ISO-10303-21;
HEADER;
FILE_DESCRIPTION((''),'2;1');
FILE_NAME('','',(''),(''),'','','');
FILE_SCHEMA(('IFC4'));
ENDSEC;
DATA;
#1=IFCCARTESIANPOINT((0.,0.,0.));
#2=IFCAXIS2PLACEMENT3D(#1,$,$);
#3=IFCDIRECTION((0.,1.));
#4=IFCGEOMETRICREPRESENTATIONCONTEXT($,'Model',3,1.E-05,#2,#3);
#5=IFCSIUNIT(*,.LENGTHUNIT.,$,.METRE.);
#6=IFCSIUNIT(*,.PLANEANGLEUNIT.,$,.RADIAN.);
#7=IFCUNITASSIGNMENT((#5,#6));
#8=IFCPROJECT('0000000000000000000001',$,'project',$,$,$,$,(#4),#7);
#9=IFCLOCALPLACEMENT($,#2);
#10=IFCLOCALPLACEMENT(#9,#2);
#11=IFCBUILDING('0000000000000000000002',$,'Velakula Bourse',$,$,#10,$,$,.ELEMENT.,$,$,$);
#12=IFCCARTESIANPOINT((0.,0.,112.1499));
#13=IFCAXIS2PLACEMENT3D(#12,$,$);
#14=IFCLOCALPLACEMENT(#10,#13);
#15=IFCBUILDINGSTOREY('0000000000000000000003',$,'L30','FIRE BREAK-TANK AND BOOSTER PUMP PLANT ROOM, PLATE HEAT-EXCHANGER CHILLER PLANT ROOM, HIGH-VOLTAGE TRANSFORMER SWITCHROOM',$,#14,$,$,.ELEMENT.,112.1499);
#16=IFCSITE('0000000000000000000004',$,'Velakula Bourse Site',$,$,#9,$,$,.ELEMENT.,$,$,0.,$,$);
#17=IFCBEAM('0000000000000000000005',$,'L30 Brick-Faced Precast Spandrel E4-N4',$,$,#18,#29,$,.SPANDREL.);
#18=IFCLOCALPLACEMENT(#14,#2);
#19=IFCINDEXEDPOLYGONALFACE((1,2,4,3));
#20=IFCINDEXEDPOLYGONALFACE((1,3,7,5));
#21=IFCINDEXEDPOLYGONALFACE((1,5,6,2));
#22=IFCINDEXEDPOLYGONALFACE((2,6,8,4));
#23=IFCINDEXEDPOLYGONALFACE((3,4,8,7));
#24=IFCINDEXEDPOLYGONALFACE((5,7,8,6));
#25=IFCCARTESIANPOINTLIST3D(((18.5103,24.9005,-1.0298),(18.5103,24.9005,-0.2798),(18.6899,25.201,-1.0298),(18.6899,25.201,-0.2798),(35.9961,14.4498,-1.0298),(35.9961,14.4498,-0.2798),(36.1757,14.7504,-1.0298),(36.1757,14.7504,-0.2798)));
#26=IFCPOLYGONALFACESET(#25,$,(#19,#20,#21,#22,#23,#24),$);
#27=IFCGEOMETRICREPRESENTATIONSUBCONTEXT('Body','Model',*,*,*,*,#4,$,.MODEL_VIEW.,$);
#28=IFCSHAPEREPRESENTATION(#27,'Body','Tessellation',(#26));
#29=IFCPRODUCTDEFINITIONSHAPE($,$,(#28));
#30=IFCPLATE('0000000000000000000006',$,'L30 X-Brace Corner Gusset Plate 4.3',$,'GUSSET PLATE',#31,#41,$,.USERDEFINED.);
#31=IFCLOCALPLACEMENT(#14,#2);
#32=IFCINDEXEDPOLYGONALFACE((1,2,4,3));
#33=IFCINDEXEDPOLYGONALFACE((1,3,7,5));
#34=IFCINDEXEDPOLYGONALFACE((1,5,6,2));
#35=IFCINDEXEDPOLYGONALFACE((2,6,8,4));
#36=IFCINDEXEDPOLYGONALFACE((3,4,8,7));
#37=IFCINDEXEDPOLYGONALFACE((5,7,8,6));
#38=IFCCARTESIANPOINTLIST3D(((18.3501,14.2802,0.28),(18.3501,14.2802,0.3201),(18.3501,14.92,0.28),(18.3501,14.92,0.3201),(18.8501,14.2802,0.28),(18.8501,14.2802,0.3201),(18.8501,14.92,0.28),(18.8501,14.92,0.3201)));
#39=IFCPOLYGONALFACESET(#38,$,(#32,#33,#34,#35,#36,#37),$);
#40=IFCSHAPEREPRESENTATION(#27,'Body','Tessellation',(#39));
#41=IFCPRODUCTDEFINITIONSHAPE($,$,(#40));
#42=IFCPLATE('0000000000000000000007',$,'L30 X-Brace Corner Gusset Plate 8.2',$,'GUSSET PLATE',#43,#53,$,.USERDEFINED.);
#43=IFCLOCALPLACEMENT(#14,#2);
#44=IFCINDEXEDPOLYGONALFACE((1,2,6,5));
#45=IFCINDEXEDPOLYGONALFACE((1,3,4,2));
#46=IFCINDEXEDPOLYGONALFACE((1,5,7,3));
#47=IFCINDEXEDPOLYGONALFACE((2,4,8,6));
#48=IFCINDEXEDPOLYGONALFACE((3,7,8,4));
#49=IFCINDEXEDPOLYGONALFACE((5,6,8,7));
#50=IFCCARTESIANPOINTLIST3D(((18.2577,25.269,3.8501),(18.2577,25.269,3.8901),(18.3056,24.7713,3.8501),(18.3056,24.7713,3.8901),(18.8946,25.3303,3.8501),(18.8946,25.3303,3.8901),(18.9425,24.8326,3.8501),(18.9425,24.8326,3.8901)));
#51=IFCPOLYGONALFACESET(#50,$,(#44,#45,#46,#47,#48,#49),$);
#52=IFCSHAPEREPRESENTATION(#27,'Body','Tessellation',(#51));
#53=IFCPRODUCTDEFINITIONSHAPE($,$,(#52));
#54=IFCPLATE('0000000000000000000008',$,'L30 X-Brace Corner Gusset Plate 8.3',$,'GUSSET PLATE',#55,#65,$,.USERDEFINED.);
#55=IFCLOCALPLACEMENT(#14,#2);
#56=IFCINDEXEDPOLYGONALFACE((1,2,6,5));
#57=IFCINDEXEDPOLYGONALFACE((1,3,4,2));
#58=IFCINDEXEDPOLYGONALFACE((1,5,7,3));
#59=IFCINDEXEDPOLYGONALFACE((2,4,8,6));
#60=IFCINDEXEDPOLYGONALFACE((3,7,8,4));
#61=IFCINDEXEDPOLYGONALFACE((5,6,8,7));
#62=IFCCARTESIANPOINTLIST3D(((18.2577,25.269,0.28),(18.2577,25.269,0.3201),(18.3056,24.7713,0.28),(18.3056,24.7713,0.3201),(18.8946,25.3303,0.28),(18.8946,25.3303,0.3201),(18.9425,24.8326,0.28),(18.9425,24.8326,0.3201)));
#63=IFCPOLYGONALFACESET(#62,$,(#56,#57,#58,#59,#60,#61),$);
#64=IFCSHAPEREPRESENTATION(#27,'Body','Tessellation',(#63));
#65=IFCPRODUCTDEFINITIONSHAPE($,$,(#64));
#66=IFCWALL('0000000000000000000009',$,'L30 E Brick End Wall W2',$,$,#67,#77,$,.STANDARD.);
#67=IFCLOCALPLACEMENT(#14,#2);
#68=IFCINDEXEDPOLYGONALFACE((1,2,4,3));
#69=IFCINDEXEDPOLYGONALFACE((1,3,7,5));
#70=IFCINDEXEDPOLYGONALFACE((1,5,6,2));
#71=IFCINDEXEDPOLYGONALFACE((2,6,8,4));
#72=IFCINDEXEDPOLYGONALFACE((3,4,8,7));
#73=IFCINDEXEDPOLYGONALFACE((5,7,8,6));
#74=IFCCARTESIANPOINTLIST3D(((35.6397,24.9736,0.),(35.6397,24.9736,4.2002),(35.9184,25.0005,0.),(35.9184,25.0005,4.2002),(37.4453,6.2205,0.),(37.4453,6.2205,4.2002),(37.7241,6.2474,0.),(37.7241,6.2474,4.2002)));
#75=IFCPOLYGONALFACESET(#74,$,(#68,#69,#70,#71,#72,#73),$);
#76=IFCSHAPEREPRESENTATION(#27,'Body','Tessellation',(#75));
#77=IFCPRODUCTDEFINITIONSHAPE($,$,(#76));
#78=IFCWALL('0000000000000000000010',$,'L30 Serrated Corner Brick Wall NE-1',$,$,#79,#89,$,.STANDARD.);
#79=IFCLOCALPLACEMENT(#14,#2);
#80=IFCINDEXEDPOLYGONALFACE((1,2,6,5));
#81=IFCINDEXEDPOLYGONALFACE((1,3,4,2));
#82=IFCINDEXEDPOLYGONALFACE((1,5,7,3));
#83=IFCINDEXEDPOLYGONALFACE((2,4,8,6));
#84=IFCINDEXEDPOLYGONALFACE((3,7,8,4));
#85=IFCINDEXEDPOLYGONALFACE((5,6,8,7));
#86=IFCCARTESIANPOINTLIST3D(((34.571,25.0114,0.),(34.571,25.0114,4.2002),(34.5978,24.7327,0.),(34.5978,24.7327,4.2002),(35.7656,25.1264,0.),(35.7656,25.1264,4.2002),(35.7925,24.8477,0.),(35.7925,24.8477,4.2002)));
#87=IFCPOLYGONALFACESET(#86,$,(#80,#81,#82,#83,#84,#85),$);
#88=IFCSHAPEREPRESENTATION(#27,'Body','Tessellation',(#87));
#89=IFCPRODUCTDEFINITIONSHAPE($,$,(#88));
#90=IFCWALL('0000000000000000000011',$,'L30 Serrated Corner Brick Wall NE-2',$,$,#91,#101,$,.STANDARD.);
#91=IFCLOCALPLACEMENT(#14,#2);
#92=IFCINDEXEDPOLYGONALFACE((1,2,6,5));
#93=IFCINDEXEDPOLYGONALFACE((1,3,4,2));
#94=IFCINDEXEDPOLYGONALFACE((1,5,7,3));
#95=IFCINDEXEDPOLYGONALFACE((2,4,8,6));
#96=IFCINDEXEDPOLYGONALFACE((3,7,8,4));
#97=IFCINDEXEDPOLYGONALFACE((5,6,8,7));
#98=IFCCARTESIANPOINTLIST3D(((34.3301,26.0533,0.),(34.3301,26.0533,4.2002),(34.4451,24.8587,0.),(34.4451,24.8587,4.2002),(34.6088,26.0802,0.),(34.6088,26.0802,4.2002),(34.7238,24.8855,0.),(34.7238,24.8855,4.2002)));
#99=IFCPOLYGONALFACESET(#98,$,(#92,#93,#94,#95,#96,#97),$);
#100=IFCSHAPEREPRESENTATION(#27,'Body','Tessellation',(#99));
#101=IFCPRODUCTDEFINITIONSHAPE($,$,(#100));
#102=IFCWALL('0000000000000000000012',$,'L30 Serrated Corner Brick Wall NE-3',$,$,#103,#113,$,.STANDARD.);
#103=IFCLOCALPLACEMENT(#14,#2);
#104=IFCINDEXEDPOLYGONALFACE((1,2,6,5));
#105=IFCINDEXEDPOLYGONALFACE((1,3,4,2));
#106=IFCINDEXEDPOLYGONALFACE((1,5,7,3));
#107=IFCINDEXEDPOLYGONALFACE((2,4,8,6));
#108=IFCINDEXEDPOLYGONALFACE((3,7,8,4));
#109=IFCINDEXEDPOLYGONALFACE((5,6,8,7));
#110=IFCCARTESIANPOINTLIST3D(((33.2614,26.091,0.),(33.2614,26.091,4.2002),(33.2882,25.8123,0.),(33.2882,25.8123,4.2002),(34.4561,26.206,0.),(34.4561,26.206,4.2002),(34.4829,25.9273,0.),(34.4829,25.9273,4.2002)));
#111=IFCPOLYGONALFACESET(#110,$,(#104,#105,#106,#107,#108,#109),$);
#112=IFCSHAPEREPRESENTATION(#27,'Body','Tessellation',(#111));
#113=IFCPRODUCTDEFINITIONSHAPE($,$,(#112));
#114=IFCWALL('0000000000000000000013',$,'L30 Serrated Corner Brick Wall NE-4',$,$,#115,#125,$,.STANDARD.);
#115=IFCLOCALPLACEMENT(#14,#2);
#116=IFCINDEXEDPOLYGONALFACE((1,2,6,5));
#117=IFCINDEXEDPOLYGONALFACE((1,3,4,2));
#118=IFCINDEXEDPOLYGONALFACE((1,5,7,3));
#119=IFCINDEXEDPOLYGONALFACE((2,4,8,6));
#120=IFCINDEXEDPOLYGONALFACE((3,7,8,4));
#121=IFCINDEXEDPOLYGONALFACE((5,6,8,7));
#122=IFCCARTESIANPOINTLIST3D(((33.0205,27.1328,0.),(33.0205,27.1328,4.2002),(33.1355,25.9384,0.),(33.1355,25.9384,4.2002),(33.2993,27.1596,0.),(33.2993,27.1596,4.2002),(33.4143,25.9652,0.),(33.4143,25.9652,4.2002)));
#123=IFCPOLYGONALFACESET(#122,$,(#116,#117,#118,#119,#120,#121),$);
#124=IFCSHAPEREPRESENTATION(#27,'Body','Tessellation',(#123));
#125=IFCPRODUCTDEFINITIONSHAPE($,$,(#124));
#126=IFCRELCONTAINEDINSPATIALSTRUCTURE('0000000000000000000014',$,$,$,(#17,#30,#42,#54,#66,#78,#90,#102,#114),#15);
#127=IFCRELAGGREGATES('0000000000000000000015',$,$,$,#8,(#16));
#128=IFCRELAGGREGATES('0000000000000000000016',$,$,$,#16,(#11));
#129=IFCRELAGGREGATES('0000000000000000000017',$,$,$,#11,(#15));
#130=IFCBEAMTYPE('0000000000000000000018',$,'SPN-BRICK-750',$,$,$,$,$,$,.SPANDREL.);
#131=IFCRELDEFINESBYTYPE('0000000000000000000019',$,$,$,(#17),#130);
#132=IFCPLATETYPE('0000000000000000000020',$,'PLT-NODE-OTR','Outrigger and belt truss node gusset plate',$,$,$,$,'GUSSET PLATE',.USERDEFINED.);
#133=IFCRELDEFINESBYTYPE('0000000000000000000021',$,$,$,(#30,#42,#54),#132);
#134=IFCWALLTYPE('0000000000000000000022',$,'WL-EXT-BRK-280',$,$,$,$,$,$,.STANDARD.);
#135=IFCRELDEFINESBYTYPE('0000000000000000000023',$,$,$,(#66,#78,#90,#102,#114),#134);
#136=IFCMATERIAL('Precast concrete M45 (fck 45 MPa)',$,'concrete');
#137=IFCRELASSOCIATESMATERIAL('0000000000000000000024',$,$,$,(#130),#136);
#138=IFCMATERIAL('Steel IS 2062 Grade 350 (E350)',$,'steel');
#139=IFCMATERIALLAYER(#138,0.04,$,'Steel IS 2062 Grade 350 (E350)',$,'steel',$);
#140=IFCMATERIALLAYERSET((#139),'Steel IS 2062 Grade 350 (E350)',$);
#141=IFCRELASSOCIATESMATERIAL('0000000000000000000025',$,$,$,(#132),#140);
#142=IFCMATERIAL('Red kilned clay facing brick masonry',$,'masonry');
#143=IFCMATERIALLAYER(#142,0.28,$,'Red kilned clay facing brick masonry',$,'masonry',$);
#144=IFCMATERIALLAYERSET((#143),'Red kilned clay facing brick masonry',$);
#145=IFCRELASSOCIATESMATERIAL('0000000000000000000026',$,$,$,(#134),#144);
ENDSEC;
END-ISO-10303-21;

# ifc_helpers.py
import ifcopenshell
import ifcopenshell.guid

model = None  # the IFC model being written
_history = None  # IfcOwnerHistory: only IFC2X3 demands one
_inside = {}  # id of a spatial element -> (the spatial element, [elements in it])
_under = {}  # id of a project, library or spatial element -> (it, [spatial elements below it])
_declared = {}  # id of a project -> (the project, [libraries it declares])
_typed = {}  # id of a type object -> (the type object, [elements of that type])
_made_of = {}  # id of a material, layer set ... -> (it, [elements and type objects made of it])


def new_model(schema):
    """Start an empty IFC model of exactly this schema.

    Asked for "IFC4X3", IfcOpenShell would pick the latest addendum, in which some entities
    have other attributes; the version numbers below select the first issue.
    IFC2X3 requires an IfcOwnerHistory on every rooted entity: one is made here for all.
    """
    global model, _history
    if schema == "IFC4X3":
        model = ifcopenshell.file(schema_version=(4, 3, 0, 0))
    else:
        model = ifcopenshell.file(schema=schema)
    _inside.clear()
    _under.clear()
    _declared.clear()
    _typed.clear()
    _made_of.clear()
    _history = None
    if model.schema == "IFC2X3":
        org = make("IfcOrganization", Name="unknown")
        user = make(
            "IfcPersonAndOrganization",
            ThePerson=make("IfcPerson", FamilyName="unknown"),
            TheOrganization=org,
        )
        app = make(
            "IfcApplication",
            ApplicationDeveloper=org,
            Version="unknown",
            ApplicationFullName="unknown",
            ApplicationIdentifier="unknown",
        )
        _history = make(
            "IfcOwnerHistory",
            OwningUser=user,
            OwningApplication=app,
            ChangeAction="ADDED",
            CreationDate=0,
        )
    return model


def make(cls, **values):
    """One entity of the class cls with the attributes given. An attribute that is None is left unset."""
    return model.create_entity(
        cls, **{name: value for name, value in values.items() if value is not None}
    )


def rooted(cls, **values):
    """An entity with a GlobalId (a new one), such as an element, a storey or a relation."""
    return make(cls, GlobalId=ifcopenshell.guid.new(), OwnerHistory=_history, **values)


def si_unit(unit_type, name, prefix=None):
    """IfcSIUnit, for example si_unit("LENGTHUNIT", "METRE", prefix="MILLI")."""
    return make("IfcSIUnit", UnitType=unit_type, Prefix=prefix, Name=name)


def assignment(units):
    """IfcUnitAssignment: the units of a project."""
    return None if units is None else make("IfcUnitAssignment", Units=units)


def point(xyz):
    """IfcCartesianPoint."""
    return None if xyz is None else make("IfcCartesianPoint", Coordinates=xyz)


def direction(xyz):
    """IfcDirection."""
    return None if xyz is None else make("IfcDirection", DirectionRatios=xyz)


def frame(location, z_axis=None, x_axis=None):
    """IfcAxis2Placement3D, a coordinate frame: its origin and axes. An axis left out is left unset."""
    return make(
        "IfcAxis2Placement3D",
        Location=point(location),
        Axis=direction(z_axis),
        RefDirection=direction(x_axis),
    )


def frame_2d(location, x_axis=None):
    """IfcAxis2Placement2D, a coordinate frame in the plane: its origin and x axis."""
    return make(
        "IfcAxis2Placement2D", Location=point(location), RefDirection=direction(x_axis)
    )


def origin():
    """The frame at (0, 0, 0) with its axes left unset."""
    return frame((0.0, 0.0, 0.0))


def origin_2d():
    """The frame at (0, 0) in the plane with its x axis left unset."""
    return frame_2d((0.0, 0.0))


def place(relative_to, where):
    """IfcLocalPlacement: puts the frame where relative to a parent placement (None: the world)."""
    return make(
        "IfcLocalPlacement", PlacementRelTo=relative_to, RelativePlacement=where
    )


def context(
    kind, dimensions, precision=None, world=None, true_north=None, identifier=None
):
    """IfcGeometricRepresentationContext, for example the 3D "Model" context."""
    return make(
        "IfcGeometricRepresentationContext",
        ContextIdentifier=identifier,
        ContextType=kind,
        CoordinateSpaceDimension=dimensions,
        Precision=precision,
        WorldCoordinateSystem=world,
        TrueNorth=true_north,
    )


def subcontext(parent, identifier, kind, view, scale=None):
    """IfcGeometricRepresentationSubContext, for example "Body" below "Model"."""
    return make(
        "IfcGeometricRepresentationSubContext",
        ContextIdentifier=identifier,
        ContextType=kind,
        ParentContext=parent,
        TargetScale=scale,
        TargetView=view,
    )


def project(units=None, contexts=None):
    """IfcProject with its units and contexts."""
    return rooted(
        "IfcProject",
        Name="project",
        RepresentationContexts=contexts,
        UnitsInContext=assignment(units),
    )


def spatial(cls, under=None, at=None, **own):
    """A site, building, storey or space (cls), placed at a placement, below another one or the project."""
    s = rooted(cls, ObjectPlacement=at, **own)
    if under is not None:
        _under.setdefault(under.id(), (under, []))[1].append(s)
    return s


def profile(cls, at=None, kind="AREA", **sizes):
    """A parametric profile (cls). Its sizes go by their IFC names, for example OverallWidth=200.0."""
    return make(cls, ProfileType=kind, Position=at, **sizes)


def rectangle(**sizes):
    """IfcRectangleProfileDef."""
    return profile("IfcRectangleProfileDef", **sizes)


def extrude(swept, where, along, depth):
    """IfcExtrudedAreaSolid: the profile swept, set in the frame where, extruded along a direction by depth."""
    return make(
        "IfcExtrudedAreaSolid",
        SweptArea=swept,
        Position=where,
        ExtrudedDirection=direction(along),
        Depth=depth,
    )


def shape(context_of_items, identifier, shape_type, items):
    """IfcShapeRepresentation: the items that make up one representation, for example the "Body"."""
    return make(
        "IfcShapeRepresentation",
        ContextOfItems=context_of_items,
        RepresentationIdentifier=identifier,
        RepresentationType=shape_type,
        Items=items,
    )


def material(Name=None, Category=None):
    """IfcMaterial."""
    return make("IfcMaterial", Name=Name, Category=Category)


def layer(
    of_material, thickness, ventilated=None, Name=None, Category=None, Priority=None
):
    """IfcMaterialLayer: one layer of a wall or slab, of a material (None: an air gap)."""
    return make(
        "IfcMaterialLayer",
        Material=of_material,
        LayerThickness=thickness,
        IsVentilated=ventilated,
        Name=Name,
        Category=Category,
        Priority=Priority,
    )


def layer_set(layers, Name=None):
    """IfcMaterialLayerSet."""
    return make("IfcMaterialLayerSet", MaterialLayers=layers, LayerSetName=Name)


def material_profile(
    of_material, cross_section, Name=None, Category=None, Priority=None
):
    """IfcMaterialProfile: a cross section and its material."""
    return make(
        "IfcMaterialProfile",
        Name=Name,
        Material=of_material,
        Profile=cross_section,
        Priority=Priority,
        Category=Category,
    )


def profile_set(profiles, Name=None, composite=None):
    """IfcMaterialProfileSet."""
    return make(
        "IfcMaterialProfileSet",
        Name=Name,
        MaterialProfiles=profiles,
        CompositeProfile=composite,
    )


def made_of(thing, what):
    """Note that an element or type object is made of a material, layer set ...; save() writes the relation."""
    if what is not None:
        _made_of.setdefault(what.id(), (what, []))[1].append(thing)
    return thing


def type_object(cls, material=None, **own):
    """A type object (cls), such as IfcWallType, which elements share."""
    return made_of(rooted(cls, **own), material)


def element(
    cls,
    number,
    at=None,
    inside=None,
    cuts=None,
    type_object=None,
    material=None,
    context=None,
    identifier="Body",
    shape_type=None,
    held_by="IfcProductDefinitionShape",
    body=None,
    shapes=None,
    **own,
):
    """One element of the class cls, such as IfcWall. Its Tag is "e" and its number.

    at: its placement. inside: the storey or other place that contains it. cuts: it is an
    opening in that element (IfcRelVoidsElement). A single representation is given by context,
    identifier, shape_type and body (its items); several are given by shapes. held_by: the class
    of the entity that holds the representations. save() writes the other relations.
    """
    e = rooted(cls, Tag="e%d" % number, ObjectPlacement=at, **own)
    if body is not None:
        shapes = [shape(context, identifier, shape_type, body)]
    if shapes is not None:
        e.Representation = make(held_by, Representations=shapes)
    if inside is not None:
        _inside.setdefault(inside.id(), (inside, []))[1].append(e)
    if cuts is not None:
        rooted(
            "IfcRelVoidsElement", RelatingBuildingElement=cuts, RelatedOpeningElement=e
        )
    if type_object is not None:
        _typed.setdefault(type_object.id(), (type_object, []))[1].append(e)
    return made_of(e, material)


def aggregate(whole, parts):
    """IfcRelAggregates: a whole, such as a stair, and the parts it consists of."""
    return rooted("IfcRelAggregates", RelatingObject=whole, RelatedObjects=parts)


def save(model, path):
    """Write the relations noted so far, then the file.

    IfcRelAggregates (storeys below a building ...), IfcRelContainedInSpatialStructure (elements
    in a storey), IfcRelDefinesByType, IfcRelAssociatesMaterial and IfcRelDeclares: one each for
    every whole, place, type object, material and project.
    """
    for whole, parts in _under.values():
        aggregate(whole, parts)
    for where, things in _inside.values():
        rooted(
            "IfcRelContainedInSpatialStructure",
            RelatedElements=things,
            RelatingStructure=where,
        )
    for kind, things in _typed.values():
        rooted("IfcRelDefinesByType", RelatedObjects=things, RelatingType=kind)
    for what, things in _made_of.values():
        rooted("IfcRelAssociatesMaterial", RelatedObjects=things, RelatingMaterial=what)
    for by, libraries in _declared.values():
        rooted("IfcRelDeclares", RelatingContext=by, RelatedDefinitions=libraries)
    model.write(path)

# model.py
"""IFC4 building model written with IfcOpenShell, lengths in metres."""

from ifc_helpers import new_model, si_unit, direction, frame, frame_2d, origin, origin_2d, place, context, subcontext, project, spatial, rectangle, extrude, material, layer, layer_set, material_profile, profile_set, type_object, element, save


model = new_model("IFC4")

# Units and contexts
model_context = context("Model", 3, precision=1e-05, world=origin(), true_north=direction((0.0, 1.0)))
body_context = subcontext(model_context, "Body", "Model", "MODEL_VIEW")
ifc_project = project(units=[si_unit("LENGTHUNIT", "METRE"), si_unit("PLANEANGLEUNIT", "RADIAN")], contexts=[model_context])

# Site, building, storey
site_placement = place(None, origin())
site = spatial("IfcSite", under=ifc_project, at=site_placement, Name="Velakula Bourse Site", CompositionType="ELEMENT", RefElevation=0.0)
building_placement = place(site_placement, origin())
building = spatial("IfcBuilding", under=site, at=building_placement, Name="Velakula Bourse", CompositionType="ELEMENT")
storey_placement = place(building_placement, frame((0.0, 0.0, 112.1499)))
storey = spatial("IfcBuildingStorey", under=building, at=storey_placement, Name="L30", Description="FIRE BREAK-TANK AND BOOSTER PUMP PLANT ROOM, PLATE HEAT-EXCHANGER CHILLER PLANT ROOM, HIGH-VOLTAGE TRANSFORMER SWITCHROOM", CompositionType="ELEMENT", Elevation=112.1499)

# Shared definitions
ifc_material_1 = material(Name="Precast concrete M45 (fck 45 MPa)", Category="concrete")

# Shared definitions
ifc_material_2 = material(Name="Steel IS 2062 Grade 350 (E350)", Category="steel")

# Beam
ifc_material_profile_1 = material_profile(ifc_material_1, rectangle(XDim=0.3501, YDim=0.75, at=origin_2d()), Name="Precast concrete M45 (fck 45 MPa)")
ifc_profile_set_1 = profile_set([ifc_material_profile_1], Name="Precast concrete M45 (fck 45 MPa)")
beam_type_1 = type_object("IfcBeamType", Name="SPN-BRICK-750", PredefinedType="SPANDREL", material=ifc_profile_set_1)
beam_1_placement = place(storey_placement, frame((36.0859, 14.6001, -0.6548), z_axis=(-0.858376, 0.513022, 0.0), x_axis=(-0.513022, -0.858376, 0.0)))
element("IfcBeam", 1, at=beam_1_placement, inside=storey, type_object=beam_type_1, Name="L30 Brick-Faced Precast Spandrel E4-N4", PredefinedType="SPANDREL", context=body_context, shape_type="SweptSolid", body=[
    extrude(rectangle(XDim=0.3501, YDim=0.75, at=origin_2d()), origin(), (0.0, 0.0, 1.0), 20.3708),
])

# Plates
ifc_layer_1 = layer(ifc_material_2, 0.04, Name="Steel IS 2062 Grade 350 (E350)", Category="steel")
ifc_layer_set_1 = layer_set([ifc_layer_1], Name="Steel IS 2062 Grade 350 (E350)")
plate_type = type_object("IfcPlateType", Name="PLT-NODE-OTR", Description="Outrigger and belt truss node gusset plate", ElementType="GUSSET PLATE", PredefinedType="USERDEFINED", material=ifc_layer_set_1)
for number, where, z_axis, x_axis, name in (
    (2, (18.6001, 14.6001, 0.28), (0.0, 0.0, 1.0), (0.0, 1.0, 0.0), "L30 X-Brace Corner Gusset Plate 4.3"),
    (3, (18.6001, 25.0508, 3.8501), (0.0, 0.0, 1.0), (0.995396, 0.095846, 0.0), "L30 X-Brace Corner Gusset Plate 8.2"),
    (4, (18.6001, 25.0508, 0.28), (0.0, 0.0, 1.0), (0.995396, 0.095846, 0.0), "L30 X-Brace Corner Gusset Plate 8.3"),
):
    element("IfcPlate", number, at=place(storey_placement, frame(where, z_axis=z_axis, x_axis=x_axis)), inside=storey, type_object=plate_type, Name=name, ObjectType="GUSSET PLATE", PredefinedType="USERDEFINED", context=body_context, shape_type="SweptSolid", body=[
        extrude(rectangle(XDim=0.6399, YDim=0.5, at=origin_2d()), origin(), (0.0, 0.0, 1.0), 0.04),
    ])

# Walls
ifc_material_3 = material(Name="Red kilned clay facing brick masonry", Category="masonry")
ifc_layer_2 = layer(ifc_material_3, 0.28, Name="Red kilned clay facing brick masonry", Category="masonry")
ifc_layer_set_2 = layer_set([ifc_layer_2], Name="Red kilned clay facing brick masonry")
wall_type = type_object("IfcWallType", Name="WL-EXT-BRK-280", PredefinedType="STANDARD", material=ifc_layer_set_2)
wall_1_placement = place(storey_placement, frame((35.7791, 24.9871, 0.0), z_axis=(0.0, 0.0, 1.0), x_axis=(0.095843, -0.995397, 0.0)))
element("IfcWall", 5, at=wall_1_placement, inside=storey, type_object=wall_type, Name="L30 E Brick End Wall W2", PredefinedType="STANDARD", context=body_context, shape_type="SweptSolid", body=[
    extrude(rectangle(XDim=18.8398, YDim=0.28, at=frame_2d((9.4199, 0.0))), origin(), (0.0, 0.0, 1.0), 4.2002),
])
for number, where, z_axis, x_axis, name in (
    (6, (35.7791, 24.9871, 0.0), (0.0, 0.0, 1.0), (-0.995399, -0.095817, 0.0), "L30 Serrated Corner Brick Wall NE-1"),
    (7, (34.5845, 24.8721, 0.0), (0.0, 0.0, 1.0), (-0.095817, 0.995399, 0.0), "L30 Serrated Corner Brick Wall NE-2"),
    (8, (34.4695, 26.0667, 0.0), (0.0, 0.0, 1.0), (-0.995399, -0.095817, 0.0), "L30 Serrated Corner Brick Wall NE-3"),
):
    element("IfcWall", number, at=place(storey_placement, frame(where, z_axis=z_axis, x_axis=x_axis)), inside=storey, type_object=wall_type, Name=name, PredefinedType="STANDARD", context=body_context, shape_type="SweptSolid", body=[
        extrude(rectangle(XDim=1.2002, YDim=0.28, at=frame_2d((0.6001, 0.0))), origin(), (0.0, 0.0, 1.0), 4.2002),
    ])
wall_2_placement = place(storey_placement, frame((33.2749, 25.9517, 0.0), z_axis=(0.0, 0.0, 1.0), x_axis=(-0.095836, 0.995397, 0.0)))
element("IfcWall", 9, at=wall_2_placement, inside=storey, type_object=wall_type, Name="L30 Serrated Corner Brick Wall NE-4", PredefinedType="STANDARD", context=body_context, shape_type="SweptSolid", body=[
    extrude(rectangle(XDim=1.2, YDim=0.28, at=frame_2d((0.6001, 0.0))), origin(), (0.0, 0.0, 1.0), 4.2002),
])

save(model, "model.ifc")
